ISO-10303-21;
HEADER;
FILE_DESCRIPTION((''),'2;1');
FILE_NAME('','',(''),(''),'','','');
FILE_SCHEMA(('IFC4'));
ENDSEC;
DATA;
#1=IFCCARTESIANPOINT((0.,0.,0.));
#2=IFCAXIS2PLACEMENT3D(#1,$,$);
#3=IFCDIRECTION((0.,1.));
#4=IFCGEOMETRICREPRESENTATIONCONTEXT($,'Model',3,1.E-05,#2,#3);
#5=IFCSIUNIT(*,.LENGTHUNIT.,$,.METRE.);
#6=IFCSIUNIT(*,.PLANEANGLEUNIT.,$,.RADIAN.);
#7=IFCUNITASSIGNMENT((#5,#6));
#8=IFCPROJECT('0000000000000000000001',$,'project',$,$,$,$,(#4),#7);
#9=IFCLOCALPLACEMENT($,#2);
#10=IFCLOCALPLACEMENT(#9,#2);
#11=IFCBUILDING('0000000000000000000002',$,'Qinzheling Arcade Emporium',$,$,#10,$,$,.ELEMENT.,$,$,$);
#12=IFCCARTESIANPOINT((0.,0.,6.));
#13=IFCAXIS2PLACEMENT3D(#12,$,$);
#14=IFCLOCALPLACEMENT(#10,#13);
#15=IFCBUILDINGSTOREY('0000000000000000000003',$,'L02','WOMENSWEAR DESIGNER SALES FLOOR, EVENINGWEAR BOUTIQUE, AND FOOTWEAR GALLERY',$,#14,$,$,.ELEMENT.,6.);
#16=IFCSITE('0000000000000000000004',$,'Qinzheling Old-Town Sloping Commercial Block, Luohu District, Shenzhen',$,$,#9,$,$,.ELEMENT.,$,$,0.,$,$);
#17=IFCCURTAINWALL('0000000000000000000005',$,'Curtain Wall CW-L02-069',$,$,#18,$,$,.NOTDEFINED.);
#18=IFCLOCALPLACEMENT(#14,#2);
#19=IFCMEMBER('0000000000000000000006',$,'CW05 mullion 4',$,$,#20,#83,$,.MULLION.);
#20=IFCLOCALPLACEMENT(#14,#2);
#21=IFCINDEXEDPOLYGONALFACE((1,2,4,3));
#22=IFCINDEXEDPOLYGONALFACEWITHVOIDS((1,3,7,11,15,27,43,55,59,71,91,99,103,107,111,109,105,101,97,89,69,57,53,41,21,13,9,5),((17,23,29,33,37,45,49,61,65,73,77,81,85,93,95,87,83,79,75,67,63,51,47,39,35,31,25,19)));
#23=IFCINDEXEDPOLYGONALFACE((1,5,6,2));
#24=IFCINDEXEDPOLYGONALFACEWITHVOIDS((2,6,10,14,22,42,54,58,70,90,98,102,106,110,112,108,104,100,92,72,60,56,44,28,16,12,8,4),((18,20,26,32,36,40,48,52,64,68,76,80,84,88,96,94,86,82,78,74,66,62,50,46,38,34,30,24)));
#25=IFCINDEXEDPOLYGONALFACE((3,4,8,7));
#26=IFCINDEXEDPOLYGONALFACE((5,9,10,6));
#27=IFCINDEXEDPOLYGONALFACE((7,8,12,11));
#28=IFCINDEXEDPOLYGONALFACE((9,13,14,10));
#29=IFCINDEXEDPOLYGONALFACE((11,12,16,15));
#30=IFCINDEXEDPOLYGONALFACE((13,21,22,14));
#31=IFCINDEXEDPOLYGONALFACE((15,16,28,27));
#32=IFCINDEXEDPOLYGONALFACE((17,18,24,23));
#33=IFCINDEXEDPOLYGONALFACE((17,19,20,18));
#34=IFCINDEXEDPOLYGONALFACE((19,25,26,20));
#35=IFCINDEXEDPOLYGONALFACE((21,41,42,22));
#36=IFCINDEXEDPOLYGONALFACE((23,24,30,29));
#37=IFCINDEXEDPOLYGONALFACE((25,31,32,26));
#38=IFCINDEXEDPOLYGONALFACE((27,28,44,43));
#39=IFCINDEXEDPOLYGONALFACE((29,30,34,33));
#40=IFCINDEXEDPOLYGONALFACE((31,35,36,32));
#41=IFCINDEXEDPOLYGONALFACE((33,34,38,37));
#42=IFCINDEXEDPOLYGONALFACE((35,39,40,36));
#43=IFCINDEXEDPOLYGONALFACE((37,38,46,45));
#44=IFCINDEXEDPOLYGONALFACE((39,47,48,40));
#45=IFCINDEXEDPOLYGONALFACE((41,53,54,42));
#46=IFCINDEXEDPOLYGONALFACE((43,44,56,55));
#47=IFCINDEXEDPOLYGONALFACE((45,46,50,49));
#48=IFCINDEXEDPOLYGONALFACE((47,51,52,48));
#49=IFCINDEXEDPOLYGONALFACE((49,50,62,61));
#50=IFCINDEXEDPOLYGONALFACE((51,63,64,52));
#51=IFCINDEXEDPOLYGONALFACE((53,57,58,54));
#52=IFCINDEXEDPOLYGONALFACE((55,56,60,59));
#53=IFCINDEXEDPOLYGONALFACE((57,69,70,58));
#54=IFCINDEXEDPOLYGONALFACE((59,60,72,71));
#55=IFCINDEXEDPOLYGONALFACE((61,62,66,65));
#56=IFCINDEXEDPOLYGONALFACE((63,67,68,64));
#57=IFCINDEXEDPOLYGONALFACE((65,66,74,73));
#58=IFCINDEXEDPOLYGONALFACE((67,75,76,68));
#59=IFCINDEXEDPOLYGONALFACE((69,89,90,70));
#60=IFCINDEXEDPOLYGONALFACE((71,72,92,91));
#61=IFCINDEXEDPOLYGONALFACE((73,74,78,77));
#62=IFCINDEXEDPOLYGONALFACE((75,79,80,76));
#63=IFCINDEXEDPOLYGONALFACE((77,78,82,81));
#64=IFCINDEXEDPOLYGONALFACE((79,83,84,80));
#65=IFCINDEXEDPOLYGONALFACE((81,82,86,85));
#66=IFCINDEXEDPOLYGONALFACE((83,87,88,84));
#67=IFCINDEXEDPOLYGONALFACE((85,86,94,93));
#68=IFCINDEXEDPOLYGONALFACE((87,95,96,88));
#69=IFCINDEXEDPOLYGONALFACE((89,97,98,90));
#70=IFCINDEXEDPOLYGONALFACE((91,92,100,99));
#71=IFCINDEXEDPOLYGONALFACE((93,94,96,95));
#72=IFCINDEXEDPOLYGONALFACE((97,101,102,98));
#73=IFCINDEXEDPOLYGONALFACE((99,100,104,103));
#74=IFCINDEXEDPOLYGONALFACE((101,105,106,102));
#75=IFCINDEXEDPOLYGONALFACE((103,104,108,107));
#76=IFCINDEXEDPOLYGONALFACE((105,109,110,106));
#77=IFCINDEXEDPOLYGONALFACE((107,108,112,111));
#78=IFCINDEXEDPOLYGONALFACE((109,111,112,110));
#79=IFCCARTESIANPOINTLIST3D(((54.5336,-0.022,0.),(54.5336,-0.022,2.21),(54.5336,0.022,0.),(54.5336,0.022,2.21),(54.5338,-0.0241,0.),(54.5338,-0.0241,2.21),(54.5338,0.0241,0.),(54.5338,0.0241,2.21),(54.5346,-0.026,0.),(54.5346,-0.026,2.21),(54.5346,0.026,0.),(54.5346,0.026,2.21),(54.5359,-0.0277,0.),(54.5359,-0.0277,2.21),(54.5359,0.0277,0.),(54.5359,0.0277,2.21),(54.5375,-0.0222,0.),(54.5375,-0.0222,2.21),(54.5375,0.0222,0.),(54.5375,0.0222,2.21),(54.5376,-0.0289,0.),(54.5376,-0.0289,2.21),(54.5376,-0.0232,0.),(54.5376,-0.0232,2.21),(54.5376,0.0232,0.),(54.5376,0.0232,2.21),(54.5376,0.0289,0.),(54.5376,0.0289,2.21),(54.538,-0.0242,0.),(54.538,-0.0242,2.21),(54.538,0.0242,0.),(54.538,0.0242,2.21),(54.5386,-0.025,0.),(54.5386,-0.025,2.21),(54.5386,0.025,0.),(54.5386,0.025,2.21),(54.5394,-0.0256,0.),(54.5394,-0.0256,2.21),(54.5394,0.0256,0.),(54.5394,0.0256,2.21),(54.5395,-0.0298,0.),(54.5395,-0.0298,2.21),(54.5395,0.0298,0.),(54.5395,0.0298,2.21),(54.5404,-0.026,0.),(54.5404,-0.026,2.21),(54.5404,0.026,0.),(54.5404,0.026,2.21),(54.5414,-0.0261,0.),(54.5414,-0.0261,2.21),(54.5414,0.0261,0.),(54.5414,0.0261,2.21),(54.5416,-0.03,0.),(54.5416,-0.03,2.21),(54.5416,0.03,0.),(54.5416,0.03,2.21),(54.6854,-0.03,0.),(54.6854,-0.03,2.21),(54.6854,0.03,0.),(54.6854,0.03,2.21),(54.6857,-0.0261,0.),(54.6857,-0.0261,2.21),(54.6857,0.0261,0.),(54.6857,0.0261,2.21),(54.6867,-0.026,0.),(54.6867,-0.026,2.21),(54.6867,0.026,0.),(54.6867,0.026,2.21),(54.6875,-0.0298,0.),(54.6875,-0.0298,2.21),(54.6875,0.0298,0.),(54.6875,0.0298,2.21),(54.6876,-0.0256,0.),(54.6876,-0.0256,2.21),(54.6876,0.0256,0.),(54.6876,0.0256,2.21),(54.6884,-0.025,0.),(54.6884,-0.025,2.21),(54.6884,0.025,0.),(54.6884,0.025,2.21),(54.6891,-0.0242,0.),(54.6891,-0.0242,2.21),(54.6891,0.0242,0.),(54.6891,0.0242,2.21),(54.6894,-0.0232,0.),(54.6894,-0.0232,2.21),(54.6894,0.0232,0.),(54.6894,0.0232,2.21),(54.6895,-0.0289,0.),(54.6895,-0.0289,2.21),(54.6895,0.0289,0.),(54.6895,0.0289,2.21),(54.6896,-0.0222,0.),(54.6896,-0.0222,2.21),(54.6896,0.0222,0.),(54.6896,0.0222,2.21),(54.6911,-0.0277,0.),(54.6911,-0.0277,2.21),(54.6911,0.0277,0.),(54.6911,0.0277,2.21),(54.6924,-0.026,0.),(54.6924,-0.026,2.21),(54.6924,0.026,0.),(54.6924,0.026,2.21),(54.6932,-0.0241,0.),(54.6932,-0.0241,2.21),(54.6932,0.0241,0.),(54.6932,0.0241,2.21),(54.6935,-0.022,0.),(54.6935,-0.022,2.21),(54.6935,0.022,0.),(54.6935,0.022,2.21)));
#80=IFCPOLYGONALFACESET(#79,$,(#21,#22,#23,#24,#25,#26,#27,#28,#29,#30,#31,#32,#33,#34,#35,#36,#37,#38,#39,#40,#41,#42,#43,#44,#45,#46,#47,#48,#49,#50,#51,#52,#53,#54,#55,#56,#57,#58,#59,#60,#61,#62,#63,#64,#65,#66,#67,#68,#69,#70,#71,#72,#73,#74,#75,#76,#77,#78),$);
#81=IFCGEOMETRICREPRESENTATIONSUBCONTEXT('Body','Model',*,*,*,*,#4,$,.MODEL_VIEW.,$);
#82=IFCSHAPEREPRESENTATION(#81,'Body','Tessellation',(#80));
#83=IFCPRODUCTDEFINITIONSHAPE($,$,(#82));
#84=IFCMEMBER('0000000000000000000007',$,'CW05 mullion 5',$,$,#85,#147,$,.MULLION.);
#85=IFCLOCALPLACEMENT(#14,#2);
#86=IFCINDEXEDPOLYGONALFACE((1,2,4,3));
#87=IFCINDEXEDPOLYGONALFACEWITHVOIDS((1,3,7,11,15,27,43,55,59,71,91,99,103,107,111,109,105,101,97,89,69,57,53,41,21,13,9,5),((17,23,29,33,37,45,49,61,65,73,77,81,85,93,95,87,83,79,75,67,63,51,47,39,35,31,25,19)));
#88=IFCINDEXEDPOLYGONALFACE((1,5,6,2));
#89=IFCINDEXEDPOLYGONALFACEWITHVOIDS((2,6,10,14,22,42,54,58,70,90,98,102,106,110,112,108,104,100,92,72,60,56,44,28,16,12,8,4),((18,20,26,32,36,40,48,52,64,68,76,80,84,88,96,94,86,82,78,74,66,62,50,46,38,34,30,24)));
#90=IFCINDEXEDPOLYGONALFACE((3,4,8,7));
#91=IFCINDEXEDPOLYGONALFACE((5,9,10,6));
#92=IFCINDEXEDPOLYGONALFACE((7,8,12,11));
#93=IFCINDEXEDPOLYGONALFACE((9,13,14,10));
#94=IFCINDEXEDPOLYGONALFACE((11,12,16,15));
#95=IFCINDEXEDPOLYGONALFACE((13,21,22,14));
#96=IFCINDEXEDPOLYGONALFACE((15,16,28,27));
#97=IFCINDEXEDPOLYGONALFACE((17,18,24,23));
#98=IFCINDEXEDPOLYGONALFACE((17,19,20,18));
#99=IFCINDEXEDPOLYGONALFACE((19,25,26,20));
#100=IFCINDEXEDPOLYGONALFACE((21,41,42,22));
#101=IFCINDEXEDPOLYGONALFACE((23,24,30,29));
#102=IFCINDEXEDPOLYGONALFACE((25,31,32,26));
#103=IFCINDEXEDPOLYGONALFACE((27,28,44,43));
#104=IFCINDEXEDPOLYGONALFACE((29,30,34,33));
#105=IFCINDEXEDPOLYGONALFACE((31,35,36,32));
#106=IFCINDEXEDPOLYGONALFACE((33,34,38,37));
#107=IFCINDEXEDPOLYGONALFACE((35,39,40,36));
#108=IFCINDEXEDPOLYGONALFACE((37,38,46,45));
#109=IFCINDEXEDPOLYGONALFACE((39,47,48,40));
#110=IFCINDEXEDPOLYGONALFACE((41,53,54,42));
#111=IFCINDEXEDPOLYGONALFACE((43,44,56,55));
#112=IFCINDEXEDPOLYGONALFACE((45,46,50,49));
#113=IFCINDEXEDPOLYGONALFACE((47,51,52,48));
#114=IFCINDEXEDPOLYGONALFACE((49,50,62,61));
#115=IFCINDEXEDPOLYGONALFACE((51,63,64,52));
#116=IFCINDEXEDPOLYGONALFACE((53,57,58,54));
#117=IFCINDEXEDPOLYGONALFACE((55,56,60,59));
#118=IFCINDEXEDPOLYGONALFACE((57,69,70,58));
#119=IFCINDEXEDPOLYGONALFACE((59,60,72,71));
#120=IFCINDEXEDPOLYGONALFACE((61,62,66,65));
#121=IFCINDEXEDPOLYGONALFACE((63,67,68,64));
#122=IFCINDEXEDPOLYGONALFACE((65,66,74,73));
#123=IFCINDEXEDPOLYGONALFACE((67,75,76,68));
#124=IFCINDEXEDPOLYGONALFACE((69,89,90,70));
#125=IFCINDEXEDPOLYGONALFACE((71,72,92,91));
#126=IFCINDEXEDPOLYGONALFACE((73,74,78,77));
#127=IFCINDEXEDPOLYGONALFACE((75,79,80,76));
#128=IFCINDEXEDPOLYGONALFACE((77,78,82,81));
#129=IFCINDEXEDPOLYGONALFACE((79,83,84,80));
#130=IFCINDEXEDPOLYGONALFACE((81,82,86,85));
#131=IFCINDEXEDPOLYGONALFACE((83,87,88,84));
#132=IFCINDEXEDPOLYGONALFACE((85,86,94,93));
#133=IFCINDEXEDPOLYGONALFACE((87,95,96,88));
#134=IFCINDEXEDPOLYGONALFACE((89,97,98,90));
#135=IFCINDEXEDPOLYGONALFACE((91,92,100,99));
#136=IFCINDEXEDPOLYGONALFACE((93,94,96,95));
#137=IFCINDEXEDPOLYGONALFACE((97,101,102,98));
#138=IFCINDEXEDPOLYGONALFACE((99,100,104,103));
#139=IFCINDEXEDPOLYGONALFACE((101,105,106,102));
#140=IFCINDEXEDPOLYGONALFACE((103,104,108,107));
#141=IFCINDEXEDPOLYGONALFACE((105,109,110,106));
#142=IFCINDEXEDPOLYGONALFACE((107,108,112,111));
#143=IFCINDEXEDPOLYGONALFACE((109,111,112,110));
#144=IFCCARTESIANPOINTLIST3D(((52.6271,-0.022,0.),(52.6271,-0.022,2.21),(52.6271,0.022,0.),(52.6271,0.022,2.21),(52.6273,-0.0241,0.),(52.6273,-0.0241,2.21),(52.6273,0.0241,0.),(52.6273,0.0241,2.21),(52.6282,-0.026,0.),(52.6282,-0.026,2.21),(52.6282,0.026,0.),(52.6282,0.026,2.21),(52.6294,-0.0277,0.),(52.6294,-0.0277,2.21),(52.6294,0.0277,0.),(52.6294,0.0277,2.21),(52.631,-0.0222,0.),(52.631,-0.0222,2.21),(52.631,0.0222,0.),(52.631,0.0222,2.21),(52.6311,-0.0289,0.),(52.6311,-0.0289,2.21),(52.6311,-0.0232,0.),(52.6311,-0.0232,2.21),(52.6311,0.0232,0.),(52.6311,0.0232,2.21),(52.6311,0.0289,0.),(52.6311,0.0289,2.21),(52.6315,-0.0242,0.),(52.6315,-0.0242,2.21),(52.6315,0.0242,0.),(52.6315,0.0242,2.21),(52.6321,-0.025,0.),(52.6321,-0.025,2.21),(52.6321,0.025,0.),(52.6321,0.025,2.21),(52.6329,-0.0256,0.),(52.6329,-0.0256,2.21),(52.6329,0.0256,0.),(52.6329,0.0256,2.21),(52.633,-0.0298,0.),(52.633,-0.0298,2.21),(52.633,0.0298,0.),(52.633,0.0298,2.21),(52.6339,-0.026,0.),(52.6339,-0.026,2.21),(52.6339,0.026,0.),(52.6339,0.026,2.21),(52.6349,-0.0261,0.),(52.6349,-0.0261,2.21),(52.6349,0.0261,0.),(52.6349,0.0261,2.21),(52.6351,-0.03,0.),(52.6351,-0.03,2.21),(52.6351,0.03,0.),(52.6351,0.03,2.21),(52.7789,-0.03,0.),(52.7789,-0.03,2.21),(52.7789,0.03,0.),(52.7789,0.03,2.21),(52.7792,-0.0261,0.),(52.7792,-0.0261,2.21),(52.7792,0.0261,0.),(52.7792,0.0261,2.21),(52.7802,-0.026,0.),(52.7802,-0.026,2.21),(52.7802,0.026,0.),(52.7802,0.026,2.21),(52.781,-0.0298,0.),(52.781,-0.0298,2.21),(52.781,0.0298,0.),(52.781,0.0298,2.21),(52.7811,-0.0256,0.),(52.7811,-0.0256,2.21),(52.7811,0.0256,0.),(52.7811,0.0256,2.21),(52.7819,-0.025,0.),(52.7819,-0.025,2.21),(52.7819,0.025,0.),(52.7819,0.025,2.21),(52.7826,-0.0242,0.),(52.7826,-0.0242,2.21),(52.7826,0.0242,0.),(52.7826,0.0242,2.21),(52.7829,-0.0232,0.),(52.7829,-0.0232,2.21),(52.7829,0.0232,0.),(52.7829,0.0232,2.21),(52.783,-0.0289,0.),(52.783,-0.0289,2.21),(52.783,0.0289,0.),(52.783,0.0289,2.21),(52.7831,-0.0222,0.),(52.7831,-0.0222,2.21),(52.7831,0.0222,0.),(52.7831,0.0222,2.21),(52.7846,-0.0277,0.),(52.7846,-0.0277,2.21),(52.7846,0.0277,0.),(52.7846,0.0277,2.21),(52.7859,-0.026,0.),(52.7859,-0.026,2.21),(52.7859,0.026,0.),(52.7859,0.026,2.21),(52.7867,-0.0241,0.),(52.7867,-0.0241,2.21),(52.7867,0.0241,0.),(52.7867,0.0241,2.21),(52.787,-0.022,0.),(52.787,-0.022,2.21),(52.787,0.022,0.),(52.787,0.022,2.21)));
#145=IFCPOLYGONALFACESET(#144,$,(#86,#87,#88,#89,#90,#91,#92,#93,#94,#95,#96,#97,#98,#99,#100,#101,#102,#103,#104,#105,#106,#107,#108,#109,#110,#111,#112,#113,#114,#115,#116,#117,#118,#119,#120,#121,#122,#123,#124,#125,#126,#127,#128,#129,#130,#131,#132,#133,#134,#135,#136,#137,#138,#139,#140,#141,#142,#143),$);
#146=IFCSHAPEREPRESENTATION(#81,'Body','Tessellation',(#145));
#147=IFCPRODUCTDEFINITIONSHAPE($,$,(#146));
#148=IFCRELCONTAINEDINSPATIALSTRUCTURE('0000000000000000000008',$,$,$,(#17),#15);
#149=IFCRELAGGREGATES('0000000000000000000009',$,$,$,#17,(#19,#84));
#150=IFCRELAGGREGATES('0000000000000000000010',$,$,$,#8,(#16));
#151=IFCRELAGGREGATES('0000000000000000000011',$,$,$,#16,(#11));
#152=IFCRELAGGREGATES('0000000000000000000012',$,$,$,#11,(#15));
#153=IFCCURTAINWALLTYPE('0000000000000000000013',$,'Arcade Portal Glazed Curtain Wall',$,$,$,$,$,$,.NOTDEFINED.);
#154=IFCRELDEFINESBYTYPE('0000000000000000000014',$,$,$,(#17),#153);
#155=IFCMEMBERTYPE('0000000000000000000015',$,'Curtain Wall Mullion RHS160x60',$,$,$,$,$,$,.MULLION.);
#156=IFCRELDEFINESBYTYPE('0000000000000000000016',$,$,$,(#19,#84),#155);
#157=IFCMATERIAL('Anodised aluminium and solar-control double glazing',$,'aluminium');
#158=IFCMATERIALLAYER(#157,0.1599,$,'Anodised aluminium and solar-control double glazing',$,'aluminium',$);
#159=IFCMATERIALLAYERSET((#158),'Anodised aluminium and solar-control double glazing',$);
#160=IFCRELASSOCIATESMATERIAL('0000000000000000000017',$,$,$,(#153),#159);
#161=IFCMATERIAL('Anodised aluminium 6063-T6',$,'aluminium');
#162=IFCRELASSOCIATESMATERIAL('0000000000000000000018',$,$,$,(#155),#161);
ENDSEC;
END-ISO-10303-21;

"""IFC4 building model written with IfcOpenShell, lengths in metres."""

from ifc_helpers import new_model, si_unit, direction, frame, origin, origin_2d, place, context, subcontext, project, spatial, hollow_rectangle, extrude, material, layer, layer_set, material_profile, profile_set, type_object, element, aggregate, save


model = new_model("IFC4")

# Units and contexts
model_context = context("Model", 3, precision=1e-05, world=origin(), true_north=direction((0.0, 1.0)))
body_context = subcontext(model_context, "Body", "Model", "MODEL_VIEW")
ifc_project = project(units=[si_unit("LENGTHUNIT", "METRE"), si_unit("PLANEANGLEUNIT", "RADIAN")], contexts=[model_context])

# Site, building, storey
site_placement = place(None, origin())
site = spatial("IfcSite", under=ifc_project, at=site_placement, Name="Qinzheling Old-Town Sloping Commercial Block, Luohu District, Shenzhen", CompositionType="ELEMENT", RefElevation=0.0)
building_placement = place(site_placement, origin())
building = spatial("IfcBuilding", under=site, at=building_placement, Name="Qinzheling Arcade Emporium", CompositionType="ELEMENT")
storey_placement = place(building_placement, frame((0.0, 0.0, 6.0)))
storey = spatial("IfcBuildingStorey", under=building, at=storey_placement, Name="L02", Description="WOMENSWEAR DESIGNER SALES FLOOR, EVENINGWEAR BOUTIQUE, AND FOOTWEAR GALLERY", CompositionType="ELEMENT", Elevation=6.0)

# Curtain wall, members
ifc_material_1 = material(Name="Anodised aluminium and solar-control double glazing", Category="aluminium")
ifc_layer_1 = layer(ifc_material_1, 0.1599, Name="Anodised aluminium and solar-control double glazing", Category="aluminium")
ifc_layer_set_1 = layer_set([ifc_layer_1], Name="Anodised aluminium and solar-control double glazing")
curtain_wall_type = type_object("IfcCurtainWallType", Name="Arcade Portal Glazed Curtain Wall", PredefinedType="NOTDEFINED", material=ifc_layer_set_1)
curtain_wall_placement = place(storey_placement, origin())
curtain_wall = element("IfcCurtainWall", 1, at=curtain_wall_placement, inside=storey, type_object=curtain_wall_type, Name="Curtain Wall CW-L02-069", PredefinedType="NOTDEFINED")
ifc_material_2 = material(Name="Anodised aluminium 6063-T6", Category="aluminium")
ifc_material_profile_1 = material_profile(ifc_material_2, hollow_rectangle(XDim=0.0601, YDim=0.1599, WallThickness=0.0039, InnerFilletRadius=0.0039, OuterFilletRadius=0.0081, at=origin_2d()), Name="RHS 160x60x4", Category="aluminium")
ifc_profile_set_1 = profile_set([ifc_material_profile_1], Name="Anodised aluminium 6063-T6")
member_type_1 = type_object("IfcMemberType", Name="Curtain Wall Mullion RHS160x60", PredefinedType="MULLION", material=ifc_profile_set_1)
member_1_placement = place(storey_placement, frame((54.6135, 0.0, 0.0), z_axis=(0.0, 0.0, 1.0), x_axis=(0.0, -1.0, 0.0)))
member_1 = element("IfcMember", 2, at=member_1_placement, type_object=member_type_1, Name="CW05 mullion 4", PredefinedType="MULLION", context=body_context, shape_type="SweptSolid", body=[
    extrude(hollow_rectangle(XDim=0.0601, YDim=0.1599, WallThickness=0.0039, InnerFilletRadius=0.0039, OuterFilletRadius=0.0081, at=origin_2d()), origin(), (0.0, 0.0, 1.0), 2.21),
])
member_2_placement = place(storey_placement, frame((52.707, 0.0, 0.0), z_axis=(0.0, 0.0, 1.0), x_axis=(0.0, -1.0, 0.0)))
member_2 = element("IfcMember", 3, at=member_2_placement, type_object=member_type_1, Name="CW05 mullion 5", PredefinedType="MULLION", context=body_context, shape_type="SweptSolid", body=[
    extrude(hollow_rectangle(XDim=0.0601, YDim=0.1599, WallThickness=0.0039, InnerFilletRadius=0.0039, OuterFilletRadius=0.0081, at=origin_2d()), origin(), (0.0, 0.0, 1.0), 2.21),
])

aggregate(curtain_wall, [member_1, member_2])

save(model, "model.ifc")
